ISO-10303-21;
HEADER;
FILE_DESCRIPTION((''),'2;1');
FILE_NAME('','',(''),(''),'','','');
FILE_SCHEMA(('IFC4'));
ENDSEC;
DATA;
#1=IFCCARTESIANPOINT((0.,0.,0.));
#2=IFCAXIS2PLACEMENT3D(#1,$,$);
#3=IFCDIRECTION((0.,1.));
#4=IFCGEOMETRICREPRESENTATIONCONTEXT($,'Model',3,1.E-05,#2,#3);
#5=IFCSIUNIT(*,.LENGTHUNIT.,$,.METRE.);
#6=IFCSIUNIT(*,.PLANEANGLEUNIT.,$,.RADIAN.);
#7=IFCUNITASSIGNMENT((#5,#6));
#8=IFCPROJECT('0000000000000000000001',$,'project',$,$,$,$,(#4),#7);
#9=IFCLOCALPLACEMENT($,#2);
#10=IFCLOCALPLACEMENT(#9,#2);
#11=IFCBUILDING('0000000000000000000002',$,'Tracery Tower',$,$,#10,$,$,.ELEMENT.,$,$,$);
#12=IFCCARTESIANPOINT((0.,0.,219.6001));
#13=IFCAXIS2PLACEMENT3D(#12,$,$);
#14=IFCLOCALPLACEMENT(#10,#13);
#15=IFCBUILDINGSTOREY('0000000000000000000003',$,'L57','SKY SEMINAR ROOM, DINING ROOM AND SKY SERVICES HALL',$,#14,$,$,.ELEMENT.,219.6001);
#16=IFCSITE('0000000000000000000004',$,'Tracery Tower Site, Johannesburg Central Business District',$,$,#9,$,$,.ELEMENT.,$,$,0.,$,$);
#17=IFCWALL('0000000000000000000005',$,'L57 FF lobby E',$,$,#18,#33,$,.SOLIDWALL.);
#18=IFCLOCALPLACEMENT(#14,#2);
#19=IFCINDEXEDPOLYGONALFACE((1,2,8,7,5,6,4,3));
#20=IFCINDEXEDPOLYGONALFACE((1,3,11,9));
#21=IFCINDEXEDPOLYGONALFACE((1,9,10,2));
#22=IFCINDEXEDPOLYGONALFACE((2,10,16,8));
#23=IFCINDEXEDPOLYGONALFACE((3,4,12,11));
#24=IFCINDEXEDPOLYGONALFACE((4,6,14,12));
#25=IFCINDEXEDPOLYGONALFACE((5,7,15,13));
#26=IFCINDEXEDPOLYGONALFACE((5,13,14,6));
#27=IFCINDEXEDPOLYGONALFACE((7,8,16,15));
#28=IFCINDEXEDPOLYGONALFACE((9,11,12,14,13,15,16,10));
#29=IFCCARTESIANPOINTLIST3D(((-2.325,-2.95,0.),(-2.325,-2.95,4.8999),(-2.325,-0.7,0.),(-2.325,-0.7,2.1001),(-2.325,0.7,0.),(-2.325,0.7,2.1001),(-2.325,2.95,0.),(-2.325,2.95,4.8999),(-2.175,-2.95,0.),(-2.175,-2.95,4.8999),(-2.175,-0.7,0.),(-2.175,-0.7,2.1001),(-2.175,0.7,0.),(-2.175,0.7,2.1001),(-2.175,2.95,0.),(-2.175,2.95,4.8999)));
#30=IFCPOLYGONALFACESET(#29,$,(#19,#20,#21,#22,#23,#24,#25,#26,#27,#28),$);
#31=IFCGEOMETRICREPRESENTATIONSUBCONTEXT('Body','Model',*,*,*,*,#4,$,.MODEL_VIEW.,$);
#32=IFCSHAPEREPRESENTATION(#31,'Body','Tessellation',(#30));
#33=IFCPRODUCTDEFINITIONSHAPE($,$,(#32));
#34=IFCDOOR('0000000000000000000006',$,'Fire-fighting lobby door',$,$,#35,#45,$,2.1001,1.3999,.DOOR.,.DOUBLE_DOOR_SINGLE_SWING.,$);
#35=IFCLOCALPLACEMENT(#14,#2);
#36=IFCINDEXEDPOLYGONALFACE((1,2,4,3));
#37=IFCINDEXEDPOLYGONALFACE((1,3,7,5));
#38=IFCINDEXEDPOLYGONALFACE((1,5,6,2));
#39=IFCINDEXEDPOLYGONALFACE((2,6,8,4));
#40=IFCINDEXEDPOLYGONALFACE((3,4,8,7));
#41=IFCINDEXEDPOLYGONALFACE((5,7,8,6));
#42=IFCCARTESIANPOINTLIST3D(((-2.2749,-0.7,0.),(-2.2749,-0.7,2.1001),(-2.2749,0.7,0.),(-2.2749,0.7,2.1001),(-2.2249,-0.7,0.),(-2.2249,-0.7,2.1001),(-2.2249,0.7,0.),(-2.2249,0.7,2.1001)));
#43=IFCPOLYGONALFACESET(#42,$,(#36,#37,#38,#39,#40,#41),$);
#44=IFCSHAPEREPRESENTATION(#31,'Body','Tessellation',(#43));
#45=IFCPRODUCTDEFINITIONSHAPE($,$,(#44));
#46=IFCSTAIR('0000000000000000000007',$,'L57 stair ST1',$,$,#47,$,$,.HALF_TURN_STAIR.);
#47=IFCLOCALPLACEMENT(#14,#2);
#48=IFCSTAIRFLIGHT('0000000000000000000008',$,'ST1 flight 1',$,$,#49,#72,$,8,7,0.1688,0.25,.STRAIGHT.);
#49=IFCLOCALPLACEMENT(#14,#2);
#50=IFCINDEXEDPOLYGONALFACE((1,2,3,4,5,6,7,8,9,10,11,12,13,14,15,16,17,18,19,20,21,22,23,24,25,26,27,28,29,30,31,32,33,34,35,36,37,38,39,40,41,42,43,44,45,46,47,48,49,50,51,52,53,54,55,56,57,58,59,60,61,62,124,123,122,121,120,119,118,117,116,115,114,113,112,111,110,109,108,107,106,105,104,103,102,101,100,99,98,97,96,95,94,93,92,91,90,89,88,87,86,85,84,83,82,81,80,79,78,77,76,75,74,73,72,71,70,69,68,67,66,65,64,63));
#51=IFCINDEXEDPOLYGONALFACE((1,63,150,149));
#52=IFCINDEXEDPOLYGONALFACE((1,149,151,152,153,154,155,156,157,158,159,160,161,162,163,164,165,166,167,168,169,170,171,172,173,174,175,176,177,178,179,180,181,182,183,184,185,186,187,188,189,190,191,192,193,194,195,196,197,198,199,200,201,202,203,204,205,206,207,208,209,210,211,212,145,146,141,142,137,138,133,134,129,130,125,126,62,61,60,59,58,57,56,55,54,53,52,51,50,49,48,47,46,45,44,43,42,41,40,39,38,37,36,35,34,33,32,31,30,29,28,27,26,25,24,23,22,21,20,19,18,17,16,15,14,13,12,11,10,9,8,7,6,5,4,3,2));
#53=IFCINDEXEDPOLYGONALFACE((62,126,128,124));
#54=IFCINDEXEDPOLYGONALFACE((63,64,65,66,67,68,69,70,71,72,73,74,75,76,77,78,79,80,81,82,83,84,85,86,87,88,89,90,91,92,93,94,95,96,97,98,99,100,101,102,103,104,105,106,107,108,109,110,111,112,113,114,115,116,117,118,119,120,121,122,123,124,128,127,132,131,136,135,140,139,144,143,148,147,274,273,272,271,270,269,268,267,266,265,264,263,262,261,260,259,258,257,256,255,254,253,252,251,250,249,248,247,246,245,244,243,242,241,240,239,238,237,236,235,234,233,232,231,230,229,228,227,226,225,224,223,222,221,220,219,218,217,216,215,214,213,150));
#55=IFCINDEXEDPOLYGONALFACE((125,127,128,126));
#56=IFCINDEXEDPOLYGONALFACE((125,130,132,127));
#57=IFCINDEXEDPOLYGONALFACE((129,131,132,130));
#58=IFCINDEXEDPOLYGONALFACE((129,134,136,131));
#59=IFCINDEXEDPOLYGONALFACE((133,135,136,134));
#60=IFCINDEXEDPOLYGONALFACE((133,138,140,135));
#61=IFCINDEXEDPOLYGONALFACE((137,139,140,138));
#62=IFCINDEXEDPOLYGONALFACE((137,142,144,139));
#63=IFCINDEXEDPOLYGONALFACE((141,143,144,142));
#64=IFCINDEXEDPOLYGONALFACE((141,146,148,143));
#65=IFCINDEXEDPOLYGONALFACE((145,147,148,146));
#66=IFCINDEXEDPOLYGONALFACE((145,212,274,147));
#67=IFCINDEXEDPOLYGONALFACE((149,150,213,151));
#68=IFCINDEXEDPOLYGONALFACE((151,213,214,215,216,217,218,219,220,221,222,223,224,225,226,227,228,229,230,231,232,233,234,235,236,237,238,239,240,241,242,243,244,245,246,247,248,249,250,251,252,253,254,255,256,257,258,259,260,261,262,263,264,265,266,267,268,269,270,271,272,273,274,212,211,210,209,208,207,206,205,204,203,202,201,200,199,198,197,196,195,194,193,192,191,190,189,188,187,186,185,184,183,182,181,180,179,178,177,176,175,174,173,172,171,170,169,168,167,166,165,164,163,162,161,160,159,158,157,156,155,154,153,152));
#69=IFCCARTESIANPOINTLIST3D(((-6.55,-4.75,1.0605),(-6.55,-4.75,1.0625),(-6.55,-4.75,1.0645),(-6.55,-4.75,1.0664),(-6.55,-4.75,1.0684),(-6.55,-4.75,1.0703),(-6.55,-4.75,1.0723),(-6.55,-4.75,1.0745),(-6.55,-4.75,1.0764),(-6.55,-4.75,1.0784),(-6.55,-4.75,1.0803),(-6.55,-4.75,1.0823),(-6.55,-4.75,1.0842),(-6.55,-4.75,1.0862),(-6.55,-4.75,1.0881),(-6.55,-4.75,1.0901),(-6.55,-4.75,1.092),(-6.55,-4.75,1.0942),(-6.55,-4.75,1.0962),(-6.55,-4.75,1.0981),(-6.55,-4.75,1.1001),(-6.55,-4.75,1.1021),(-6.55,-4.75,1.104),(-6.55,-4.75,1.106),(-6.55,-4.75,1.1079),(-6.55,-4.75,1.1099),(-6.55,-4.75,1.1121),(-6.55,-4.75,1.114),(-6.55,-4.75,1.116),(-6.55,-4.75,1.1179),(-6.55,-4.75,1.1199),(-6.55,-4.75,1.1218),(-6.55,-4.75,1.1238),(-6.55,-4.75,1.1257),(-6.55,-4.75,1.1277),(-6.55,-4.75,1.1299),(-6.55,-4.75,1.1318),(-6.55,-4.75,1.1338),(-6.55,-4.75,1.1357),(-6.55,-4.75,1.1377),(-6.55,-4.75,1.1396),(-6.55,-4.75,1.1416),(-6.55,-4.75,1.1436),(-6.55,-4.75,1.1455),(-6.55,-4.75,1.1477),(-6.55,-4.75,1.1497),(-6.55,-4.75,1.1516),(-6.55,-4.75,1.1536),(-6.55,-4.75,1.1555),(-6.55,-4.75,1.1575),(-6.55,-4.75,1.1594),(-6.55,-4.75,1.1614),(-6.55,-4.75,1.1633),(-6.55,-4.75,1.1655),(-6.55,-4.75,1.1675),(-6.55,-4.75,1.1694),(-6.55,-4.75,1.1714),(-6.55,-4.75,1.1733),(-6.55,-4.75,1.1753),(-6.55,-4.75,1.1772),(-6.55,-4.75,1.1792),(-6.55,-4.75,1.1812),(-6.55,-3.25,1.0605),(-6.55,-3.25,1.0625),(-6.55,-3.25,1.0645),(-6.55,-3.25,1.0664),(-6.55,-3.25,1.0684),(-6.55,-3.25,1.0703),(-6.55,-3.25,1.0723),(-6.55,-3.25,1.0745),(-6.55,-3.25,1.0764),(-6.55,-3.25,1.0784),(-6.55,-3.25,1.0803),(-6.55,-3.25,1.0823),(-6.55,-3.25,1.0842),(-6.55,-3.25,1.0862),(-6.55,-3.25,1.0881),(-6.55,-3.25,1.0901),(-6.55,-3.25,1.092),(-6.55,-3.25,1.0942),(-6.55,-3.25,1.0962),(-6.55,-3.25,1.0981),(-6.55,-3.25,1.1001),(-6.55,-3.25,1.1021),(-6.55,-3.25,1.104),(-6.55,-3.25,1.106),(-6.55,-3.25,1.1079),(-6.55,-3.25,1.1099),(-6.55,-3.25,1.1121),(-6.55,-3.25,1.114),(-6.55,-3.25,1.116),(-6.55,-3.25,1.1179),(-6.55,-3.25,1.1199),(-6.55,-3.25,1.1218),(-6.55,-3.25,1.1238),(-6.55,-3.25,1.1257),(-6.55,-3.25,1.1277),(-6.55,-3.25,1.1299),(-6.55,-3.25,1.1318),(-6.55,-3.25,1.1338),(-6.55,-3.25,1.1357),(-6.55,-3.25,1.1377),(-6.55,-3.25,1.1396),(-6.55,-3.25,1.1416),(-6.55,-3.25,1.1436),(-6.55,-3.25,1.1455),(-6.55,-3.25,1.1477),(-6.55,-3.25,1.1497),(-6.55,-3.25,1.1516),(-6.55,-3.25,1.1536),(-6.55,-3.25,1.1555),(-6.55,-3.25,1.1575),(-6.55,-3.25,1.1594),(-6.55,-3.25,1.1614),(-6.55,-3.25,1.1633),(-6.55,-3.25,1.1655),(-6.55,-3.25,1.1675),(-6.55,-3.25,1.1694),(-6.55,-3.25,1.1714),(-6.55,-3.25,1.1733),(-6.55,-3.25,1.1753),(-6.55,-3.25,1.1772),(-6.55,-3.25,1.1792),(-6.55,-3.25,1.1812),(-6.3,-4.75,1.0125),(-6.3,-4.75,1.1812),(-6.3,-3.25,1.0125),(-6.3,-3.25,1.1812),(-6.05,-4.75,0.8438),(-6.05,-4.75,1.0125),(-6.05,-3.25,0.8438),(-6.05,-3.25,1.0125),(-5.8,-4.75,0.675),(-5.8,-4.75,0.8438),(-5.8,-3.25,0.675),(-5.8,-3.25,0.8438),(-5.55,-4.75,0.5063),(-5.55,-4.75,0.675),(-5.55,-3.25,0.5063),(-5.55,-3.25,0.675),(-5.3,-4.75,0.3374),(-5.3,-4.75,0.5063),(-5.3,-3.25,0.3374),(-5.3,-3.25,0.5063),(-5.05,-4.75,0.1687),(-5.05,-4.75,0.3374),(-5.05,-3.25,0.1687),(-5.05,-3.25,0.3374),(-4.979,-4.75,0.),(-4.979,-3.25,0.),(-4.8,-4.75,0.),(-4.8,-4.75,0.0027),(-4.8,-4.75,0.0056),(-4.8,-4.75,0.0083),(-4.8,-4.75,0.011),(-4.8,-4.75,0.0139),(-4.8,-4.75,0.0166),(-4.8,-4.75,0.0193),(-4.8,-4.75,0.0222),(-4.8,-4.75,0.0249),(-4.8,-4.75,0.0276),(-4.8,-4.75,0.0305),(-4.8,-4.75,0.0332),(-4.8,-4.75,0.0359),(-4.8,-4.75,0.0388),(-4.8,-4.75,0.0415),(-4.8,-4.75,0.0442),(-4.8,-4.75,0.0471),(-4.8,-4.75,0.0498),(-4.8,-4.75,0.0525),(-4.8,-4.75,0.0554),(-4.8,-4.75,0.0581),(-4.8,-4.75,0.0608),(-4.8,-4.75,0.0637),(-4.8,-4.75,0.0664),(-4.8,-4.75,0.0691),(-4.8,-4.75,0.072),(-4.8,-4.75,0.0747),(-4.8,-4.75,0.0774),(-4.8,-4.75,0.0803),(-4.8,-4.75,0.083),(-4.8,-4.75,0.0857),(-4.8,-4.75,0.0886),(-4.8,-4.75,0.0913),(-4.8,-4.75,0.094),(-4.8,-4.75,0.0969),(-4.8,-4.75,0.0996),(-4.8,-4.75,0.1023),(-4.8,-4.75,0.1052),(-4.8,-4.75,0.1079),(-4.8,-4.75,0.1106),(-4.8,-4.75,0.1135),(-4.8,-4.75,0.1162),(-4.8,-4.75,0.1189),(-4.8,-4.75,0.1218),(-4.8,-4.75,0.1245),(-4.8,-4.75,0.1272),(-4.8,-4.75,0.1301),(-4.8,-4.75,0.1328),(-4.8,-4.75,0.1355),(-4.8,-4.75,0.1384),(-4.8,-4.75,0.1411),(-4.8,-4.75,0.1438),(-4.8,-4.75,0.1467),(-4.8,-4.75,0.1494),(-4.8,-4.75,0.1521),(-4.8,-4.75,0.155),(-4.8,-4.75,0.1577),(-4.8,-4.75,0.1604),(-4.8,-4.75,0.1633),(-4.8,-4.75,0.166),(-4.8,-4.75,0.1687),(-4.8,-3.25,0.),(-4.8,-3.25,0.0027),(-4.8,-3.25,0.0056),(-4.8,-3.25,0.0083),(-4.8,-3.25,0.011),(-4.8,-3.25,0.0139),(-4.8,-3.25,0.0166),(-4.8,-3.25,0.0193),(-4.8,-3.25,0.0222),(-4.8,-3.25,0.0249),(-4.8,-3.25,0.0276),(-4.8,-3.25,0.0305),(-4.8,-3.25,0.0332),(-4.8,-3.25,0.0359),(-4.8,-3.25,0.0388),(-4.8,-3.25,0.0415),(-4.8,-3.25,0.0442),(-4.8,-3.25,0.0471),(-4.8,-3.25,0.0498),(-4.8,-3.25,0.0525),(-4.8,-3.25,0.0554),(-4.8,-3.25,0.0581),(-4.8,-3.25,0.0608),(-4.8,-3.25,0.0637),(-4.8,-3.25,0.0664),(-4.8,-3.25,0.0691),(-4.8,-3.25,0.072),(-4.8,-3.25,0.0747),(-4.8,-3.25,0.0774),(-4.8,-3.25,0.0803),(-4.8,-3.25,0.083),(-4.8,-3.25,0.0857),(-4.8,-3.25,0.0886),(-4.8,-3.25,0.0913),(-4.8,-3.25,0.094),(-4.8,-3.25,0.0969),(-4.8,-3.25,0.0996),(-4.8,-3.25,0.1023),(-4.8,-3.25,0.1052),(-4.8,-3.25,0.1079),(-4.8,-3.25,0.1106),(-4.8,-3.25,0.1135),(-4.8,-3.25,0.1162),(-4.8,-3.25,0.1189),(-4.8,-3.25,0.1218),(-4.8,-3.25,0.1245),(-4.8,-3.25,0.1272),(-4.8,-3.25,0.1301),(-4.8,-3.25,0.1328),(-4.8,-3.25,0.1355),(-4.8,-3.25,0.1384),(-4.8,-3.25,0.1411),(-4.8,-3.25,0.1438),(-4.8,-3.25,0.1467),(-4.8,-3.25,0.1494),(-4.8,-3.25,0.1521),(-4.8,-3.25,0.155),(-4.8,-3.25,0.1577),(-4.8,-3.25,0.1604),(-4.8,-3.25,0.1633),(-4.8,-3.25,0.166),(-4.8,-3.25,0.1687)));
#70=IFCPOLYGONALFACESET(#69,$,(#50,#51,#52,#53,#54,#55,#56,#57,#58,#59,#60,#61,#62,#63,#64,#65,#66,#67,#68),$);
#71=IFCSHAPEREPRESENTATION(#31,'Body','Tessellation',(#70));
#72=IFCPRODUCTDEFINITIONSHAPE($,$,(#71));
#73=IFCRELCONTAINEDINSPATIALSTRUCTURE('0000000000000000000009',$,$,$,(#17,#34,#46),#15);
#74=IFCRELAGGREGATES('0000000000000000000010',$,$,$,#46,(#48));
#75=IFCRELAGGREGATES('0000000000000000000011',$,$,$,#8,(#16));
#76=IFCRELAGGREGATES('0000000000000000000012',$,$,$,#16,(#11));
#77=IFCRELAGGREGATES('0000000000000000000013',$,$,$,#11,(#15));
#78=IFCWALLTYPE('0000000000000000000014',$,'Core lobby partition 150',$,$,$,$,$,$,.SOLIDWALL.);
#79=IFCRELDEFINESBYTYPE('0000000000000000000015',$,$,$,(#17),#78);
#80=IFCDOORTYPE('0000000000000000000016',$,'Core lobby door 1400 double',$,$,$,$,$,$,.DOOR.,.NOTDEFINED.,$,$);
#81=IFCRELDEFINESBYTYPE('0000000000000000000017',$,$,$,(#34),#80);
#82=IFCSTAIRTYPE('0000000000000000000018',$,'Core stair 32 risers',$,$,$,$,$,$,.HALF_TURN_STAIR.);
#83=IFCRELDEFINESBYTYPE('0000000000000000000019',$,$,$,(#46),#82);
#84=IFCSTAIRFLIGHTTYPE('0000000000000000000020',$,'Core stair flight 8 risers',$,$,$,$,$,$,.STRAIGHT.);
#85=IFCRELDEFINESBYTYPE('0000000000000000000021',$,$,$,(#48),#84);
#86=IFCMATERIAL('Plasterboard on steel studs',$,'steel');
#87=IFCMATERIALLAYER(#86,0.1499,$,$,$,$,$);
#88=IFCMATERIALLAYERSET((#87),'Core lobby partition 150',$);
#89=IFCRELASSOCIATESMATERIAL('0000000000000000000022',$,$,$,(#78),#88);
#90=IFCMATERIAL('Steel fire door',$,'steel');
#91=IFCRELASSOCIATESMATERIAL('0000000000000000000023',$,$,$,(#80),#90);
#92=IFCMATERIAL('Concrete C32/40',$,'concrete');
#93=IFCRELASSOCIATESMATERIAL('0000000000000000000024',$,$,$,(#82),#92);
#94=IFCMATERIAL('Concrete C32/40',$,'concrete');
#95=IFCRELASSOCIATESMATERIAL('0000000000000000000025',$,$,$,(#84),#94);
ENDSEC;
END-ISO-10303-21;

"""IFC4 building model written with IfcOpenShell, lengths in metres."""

from ifc_helpers import new_model, si_unit, direction, frame, frame_2d, origin, place, context, subcontext, project, spatial, polyline, rectangle, outline, extrude, material, layer, layer_set, type_object, element, fill, aggregate, save


model = new_model("IFC4")

# Units and contexts
model_context = context("Model", 3, precision=1e-05, world=origin(), true_north=direction((0.0, 1.0)))
body_context = subcontext(model_context, "Body", "Model", "MODEL_VIEW")
ifc_project = project(units=[si_unit("LENGTHUNIT", "METRE"), si_unit("PLANEANGLEUNIT", "RADIAN")], contexts=[model_context])

# Site, building, storey
site_placement = place(None, origin())
site = spatial("IfcSite", under=ifc_project, at=site_placement, Name="Tracery Tower Site, Johannesburg Central Business District", CompositionType="ELEMENT", RefElevation=0.0)
building_placement = place(site_placement, origin())
building = spatial("IfcBuilding", under=site, at=building_placement, Name="Tracery Tower", CompositionType="ELEMENT")
storey_placement = place(building_placement, frame((0.0, 0.0, 219.6001)))
storey = spatial("IfcBuildingStorey", under=building, at=storey_placement, Name="L57", Description="SKY SEMINAR ROOM, DINING ROOM AND SKY SERVICES HALL", CompositionType="ELEMENT", Elevation=219.6001)

# Wall, opening, door
ifc_material_1 = material(Name="Plasterboard on steel studs", Category="steel")
ifc_layer_1 = layer(ifc_material_1, 0.1499)
ifc_layer_set_1 = layer_set([ifc_layer_1], Name="Core lobby partition 150")
wall_type_1 = type_object("IfcWallType", Name="Core lobby partition 150", PredefinedType="SOLIDWALL", material=ifc_layer_set_1)
wall_1_placement = place(storey_placement, frame((-2.25, -2.95, 0.0), z_axis=(0.0, 0.0, 1.0), x_axis=(0.0, 1.0, 0.0)))
wall_1 = element("IfcWall", 1, at=wall_1_placement, inside=storey, type_object=wall_type_1, Name="L57 FF lobby E", PredefinedType="SOLIDWALL", context=body_context, shape_type="SweptSolid", body=[
    extrude(rectangle(XDim=5.8999, YDim=0.1499, at=frame_2d((2.95, 0.0))), origin(), (0.0, 0.0, 1.0), 4.8999),
])
opening_1_placement = place(wall_1_placement, frame((2.25, 0.0, 0.0)))
opening_1 = element("IfcOpeningElement", 2, at=opening_1_placement, cuts=wall_1, PredefinedType="OPENING", context=body_context, shape_type="SweptSolid", body=[
    extrude(rectangle(XDim=1.3999, YDim=2.1001, at=frame_2d((0.7, 1.05))), frame((0.0, 0.075, 0.0), z_axis=(0.0, -1.0, 0.0), x_axis=(1.0, 0.0, 0.0)), (0.0, 0.0, 1.0), 0.1499),
])
ifc_material_2 = material(Name="Steel fire door", Category="steel")
door_type_1 = type_object("IfcDoorType", Name="Core lobby door 1400 double", OperationType="NOTDEFINED", PredefinedType="DOOR", material=ifc_material_2)
door_1_placement = place(opening_1_placement, origin())
door_1 = element("IfcDoor", 3, at=door_1_placement, inside=storey, type_object=door_type_1, Name="Fire-fighting lobby door", OperationType="DOUBLE_DOOR_SINGLE_SWING", OverallHeight=2.1001, OverallWidth=1.3999, PredefinedType="DOOR", context=body_context, shape_type="SweptSolid", body=[
    extrude(rectangle(XDim=1.3999, YDim=2.1001, at=frame_2d((0.7, 1.05))), frame((0.0, 0.0249, 0.0), z_axis=(0.0, -1.0, 0.0), x_axis=(1.0, 0.0, 0.0)), (0.0, 0.0, 1.0), 0.05),
])
fill(opening_1, door_1)

# Stair, stair flight
ifc_material_3 = material(Name="Concrete C32/40", Category="concrete")
stair_type = type_object("IfcStairType", Name="Core stair 32 risers", PredefinedType="HALF_TURN_STAIR", material=ifc_material_3)
stair_placement = place(storey_placement, origin())
stair = element("IfcStair", 4, at=stair_placement, inside=storey, type_object=stair_type, Name="L57 stair ST1", PredefinedType="HALF_TURN_STAIR")
ifc_material_4 = material(Name="Concrete C32/40", Category="concrete")
stair_flight_type = type_object("IfcStairFlightType", Name="Core stair flight 8 risers", PredefinedType="STRAIGHT", material=ifc_material_4)
stair_flight_1_placement = place(storey_placement, frame((-4.8, -4.0, 0.0), z_axis=(0.0, 0.0, 1.0), x_axis=(-1.0, 0.0, 0.0)))
stair_flight_1 = element("IfcStairFlight", 5, at=stair_flight_1_placement, type_object=stair_flight_type, Name="ST1 flight 1", NumberOfRisers=8, NumberOfTreads=7, PredefinedType="STRAIGHT", RiserHeight=0.1688, TreadLength=0.25, context=body_context, shape_type="SweptSolid", body=[
    extrude(outline(polyline([(0.0, 0.0), (0.0, 0.0027), (0.0, 0.0056), (0.0, 0.0083), (0.0, 0.011), (0.0, 0.0139), (0.0, 0.0166), (0.0, 0.0193), (0.0, 0.0222), (0.0, 0.0249), (0.0, 0.0276), (0.0, 0.0305), (0.0, 0.0332), (0.0, 0.0359), (0.0, 0.0388), (0.0, 0.0415), (0.0, 0.0442), (0.0, 0.0471), (0.0, 0.0498), (0.0, 0.0525), (0.0, 0.0554), (0.0, 0.0581), (0.0, 0.0608), (0.0, 0.0637), (0.0, 0.0664), (0.0, 0.0691), (0.0, 0.072), (0.0, 0.0747), (0.0, 0.0774), (0.0, 0.0803), (0.0, 0.083), (0.0, 0.0857), (0.0, 0.0886), (0.0, 0.0913), (0.0, 0.094), (0.0, 0.0969), (0.0, 0.0996), (0.0, 0.1023), (0.0, 0.1052), (0.0, 0.1079), (0.0, 0.1106), (0.0, 0.1135), (0.0, 0.1162), (0.0, 0.1189), (0.0, 0.1218), (0.0, 0.1245), (0.0, 0.1272), (0.0, 0.1301), (0.0, 0.1328), (0.0, 0.1355), (0.0, 0.1384), (0.0, 0.1411), (0.0, 0.1438), (0.0, 0.1467), (0.0, 0.1494), (0.0, 0.1521), (0.0, 0.155), (0.0, 0.1577), (0.0, 0.1604), (0.0, 0.1633), (0.0, 0.166), (0.0, 0.1687), (0.25, 0.1687), (0.25, 0.3374), (0.5, 0.3374), (0.5, 0.5063), (0.75, 0.5063), (0.75, 0.675), (1.0, 0.675), (1.0, 0.8438), (1.25, 0.8438), (1.25, 1.0125), (1.5, 1.0125), (1.5, 1.1812), (1.75, 1.1812), (1.75, 1.1792), (1.75, 1.1772), (1.75, 1.1753), (1.75, 1.1733), (1.75, 1.1714), (1.75, 1.1694), (1.75, 1.1675), (1.75, 1.1655), (1.75, 1.1633), (1.75, 1.1614), (1.75, 1.1594), (1.75, 1.1575), (1.75, 1.1555), (1.75, 1.1536), (1.75, 1.1516), (1.75, 1.1497), (1.75, 1.1477), (1.75, 1.1455), (1.75, 1.1436), (1.75, 1.1416), (1.75, 1.1396), (1.75, 1.1377), (1.75, 1.1357), (1.75, 1.1338), (1.75, 1.1318), (1.75, 1.1299), (1.75, 1.1277), (1.75, 1.1257), (1.75, 1.1238), (1.75, 1.1218), (1.75, 1.1199), (1.75, 1.1179), (1.75, 1.116), (1.75, 1.114), (1.75, 1.1121), (1.75, 1.1099), (1.75, 1.1079), (1.75, 1.106), (1.75, 1.104), (1.75, 1.1021), (1.75, 1.1001), (1.75, 1.0981), (1.75, 1.0962), (1.75, 1.0942), (1.75, 1.092), (1.75, 1.0901), (1.75, 1.0881), (1.75, 1.0862), (1.75, 1.0842), (1.75, 1.0823), (1.75, 1.0803), (1.75, 1.0784), (1.75, 1.0764), (1.75, 1.0745), (1.75, 1.0723), (1.75, 1.0703), (1.75, 1.0684), (1.75, 1.0664), (1.75, 1.0645), (1.75, 1.0625), (1.75, 1.0605), (0.179, 0.0), (0.0, 0.0)])), frame((0.0, 0.75, 0.0), z_axis=(0.0, -1.0, 0.0), x_axis=(1.0, 0.0, 0.0)), (0.0, 0.0, 1.0), 1.5),
])
aggregate(stair, [stair_flight_1])

save(model, "model.ifc")
